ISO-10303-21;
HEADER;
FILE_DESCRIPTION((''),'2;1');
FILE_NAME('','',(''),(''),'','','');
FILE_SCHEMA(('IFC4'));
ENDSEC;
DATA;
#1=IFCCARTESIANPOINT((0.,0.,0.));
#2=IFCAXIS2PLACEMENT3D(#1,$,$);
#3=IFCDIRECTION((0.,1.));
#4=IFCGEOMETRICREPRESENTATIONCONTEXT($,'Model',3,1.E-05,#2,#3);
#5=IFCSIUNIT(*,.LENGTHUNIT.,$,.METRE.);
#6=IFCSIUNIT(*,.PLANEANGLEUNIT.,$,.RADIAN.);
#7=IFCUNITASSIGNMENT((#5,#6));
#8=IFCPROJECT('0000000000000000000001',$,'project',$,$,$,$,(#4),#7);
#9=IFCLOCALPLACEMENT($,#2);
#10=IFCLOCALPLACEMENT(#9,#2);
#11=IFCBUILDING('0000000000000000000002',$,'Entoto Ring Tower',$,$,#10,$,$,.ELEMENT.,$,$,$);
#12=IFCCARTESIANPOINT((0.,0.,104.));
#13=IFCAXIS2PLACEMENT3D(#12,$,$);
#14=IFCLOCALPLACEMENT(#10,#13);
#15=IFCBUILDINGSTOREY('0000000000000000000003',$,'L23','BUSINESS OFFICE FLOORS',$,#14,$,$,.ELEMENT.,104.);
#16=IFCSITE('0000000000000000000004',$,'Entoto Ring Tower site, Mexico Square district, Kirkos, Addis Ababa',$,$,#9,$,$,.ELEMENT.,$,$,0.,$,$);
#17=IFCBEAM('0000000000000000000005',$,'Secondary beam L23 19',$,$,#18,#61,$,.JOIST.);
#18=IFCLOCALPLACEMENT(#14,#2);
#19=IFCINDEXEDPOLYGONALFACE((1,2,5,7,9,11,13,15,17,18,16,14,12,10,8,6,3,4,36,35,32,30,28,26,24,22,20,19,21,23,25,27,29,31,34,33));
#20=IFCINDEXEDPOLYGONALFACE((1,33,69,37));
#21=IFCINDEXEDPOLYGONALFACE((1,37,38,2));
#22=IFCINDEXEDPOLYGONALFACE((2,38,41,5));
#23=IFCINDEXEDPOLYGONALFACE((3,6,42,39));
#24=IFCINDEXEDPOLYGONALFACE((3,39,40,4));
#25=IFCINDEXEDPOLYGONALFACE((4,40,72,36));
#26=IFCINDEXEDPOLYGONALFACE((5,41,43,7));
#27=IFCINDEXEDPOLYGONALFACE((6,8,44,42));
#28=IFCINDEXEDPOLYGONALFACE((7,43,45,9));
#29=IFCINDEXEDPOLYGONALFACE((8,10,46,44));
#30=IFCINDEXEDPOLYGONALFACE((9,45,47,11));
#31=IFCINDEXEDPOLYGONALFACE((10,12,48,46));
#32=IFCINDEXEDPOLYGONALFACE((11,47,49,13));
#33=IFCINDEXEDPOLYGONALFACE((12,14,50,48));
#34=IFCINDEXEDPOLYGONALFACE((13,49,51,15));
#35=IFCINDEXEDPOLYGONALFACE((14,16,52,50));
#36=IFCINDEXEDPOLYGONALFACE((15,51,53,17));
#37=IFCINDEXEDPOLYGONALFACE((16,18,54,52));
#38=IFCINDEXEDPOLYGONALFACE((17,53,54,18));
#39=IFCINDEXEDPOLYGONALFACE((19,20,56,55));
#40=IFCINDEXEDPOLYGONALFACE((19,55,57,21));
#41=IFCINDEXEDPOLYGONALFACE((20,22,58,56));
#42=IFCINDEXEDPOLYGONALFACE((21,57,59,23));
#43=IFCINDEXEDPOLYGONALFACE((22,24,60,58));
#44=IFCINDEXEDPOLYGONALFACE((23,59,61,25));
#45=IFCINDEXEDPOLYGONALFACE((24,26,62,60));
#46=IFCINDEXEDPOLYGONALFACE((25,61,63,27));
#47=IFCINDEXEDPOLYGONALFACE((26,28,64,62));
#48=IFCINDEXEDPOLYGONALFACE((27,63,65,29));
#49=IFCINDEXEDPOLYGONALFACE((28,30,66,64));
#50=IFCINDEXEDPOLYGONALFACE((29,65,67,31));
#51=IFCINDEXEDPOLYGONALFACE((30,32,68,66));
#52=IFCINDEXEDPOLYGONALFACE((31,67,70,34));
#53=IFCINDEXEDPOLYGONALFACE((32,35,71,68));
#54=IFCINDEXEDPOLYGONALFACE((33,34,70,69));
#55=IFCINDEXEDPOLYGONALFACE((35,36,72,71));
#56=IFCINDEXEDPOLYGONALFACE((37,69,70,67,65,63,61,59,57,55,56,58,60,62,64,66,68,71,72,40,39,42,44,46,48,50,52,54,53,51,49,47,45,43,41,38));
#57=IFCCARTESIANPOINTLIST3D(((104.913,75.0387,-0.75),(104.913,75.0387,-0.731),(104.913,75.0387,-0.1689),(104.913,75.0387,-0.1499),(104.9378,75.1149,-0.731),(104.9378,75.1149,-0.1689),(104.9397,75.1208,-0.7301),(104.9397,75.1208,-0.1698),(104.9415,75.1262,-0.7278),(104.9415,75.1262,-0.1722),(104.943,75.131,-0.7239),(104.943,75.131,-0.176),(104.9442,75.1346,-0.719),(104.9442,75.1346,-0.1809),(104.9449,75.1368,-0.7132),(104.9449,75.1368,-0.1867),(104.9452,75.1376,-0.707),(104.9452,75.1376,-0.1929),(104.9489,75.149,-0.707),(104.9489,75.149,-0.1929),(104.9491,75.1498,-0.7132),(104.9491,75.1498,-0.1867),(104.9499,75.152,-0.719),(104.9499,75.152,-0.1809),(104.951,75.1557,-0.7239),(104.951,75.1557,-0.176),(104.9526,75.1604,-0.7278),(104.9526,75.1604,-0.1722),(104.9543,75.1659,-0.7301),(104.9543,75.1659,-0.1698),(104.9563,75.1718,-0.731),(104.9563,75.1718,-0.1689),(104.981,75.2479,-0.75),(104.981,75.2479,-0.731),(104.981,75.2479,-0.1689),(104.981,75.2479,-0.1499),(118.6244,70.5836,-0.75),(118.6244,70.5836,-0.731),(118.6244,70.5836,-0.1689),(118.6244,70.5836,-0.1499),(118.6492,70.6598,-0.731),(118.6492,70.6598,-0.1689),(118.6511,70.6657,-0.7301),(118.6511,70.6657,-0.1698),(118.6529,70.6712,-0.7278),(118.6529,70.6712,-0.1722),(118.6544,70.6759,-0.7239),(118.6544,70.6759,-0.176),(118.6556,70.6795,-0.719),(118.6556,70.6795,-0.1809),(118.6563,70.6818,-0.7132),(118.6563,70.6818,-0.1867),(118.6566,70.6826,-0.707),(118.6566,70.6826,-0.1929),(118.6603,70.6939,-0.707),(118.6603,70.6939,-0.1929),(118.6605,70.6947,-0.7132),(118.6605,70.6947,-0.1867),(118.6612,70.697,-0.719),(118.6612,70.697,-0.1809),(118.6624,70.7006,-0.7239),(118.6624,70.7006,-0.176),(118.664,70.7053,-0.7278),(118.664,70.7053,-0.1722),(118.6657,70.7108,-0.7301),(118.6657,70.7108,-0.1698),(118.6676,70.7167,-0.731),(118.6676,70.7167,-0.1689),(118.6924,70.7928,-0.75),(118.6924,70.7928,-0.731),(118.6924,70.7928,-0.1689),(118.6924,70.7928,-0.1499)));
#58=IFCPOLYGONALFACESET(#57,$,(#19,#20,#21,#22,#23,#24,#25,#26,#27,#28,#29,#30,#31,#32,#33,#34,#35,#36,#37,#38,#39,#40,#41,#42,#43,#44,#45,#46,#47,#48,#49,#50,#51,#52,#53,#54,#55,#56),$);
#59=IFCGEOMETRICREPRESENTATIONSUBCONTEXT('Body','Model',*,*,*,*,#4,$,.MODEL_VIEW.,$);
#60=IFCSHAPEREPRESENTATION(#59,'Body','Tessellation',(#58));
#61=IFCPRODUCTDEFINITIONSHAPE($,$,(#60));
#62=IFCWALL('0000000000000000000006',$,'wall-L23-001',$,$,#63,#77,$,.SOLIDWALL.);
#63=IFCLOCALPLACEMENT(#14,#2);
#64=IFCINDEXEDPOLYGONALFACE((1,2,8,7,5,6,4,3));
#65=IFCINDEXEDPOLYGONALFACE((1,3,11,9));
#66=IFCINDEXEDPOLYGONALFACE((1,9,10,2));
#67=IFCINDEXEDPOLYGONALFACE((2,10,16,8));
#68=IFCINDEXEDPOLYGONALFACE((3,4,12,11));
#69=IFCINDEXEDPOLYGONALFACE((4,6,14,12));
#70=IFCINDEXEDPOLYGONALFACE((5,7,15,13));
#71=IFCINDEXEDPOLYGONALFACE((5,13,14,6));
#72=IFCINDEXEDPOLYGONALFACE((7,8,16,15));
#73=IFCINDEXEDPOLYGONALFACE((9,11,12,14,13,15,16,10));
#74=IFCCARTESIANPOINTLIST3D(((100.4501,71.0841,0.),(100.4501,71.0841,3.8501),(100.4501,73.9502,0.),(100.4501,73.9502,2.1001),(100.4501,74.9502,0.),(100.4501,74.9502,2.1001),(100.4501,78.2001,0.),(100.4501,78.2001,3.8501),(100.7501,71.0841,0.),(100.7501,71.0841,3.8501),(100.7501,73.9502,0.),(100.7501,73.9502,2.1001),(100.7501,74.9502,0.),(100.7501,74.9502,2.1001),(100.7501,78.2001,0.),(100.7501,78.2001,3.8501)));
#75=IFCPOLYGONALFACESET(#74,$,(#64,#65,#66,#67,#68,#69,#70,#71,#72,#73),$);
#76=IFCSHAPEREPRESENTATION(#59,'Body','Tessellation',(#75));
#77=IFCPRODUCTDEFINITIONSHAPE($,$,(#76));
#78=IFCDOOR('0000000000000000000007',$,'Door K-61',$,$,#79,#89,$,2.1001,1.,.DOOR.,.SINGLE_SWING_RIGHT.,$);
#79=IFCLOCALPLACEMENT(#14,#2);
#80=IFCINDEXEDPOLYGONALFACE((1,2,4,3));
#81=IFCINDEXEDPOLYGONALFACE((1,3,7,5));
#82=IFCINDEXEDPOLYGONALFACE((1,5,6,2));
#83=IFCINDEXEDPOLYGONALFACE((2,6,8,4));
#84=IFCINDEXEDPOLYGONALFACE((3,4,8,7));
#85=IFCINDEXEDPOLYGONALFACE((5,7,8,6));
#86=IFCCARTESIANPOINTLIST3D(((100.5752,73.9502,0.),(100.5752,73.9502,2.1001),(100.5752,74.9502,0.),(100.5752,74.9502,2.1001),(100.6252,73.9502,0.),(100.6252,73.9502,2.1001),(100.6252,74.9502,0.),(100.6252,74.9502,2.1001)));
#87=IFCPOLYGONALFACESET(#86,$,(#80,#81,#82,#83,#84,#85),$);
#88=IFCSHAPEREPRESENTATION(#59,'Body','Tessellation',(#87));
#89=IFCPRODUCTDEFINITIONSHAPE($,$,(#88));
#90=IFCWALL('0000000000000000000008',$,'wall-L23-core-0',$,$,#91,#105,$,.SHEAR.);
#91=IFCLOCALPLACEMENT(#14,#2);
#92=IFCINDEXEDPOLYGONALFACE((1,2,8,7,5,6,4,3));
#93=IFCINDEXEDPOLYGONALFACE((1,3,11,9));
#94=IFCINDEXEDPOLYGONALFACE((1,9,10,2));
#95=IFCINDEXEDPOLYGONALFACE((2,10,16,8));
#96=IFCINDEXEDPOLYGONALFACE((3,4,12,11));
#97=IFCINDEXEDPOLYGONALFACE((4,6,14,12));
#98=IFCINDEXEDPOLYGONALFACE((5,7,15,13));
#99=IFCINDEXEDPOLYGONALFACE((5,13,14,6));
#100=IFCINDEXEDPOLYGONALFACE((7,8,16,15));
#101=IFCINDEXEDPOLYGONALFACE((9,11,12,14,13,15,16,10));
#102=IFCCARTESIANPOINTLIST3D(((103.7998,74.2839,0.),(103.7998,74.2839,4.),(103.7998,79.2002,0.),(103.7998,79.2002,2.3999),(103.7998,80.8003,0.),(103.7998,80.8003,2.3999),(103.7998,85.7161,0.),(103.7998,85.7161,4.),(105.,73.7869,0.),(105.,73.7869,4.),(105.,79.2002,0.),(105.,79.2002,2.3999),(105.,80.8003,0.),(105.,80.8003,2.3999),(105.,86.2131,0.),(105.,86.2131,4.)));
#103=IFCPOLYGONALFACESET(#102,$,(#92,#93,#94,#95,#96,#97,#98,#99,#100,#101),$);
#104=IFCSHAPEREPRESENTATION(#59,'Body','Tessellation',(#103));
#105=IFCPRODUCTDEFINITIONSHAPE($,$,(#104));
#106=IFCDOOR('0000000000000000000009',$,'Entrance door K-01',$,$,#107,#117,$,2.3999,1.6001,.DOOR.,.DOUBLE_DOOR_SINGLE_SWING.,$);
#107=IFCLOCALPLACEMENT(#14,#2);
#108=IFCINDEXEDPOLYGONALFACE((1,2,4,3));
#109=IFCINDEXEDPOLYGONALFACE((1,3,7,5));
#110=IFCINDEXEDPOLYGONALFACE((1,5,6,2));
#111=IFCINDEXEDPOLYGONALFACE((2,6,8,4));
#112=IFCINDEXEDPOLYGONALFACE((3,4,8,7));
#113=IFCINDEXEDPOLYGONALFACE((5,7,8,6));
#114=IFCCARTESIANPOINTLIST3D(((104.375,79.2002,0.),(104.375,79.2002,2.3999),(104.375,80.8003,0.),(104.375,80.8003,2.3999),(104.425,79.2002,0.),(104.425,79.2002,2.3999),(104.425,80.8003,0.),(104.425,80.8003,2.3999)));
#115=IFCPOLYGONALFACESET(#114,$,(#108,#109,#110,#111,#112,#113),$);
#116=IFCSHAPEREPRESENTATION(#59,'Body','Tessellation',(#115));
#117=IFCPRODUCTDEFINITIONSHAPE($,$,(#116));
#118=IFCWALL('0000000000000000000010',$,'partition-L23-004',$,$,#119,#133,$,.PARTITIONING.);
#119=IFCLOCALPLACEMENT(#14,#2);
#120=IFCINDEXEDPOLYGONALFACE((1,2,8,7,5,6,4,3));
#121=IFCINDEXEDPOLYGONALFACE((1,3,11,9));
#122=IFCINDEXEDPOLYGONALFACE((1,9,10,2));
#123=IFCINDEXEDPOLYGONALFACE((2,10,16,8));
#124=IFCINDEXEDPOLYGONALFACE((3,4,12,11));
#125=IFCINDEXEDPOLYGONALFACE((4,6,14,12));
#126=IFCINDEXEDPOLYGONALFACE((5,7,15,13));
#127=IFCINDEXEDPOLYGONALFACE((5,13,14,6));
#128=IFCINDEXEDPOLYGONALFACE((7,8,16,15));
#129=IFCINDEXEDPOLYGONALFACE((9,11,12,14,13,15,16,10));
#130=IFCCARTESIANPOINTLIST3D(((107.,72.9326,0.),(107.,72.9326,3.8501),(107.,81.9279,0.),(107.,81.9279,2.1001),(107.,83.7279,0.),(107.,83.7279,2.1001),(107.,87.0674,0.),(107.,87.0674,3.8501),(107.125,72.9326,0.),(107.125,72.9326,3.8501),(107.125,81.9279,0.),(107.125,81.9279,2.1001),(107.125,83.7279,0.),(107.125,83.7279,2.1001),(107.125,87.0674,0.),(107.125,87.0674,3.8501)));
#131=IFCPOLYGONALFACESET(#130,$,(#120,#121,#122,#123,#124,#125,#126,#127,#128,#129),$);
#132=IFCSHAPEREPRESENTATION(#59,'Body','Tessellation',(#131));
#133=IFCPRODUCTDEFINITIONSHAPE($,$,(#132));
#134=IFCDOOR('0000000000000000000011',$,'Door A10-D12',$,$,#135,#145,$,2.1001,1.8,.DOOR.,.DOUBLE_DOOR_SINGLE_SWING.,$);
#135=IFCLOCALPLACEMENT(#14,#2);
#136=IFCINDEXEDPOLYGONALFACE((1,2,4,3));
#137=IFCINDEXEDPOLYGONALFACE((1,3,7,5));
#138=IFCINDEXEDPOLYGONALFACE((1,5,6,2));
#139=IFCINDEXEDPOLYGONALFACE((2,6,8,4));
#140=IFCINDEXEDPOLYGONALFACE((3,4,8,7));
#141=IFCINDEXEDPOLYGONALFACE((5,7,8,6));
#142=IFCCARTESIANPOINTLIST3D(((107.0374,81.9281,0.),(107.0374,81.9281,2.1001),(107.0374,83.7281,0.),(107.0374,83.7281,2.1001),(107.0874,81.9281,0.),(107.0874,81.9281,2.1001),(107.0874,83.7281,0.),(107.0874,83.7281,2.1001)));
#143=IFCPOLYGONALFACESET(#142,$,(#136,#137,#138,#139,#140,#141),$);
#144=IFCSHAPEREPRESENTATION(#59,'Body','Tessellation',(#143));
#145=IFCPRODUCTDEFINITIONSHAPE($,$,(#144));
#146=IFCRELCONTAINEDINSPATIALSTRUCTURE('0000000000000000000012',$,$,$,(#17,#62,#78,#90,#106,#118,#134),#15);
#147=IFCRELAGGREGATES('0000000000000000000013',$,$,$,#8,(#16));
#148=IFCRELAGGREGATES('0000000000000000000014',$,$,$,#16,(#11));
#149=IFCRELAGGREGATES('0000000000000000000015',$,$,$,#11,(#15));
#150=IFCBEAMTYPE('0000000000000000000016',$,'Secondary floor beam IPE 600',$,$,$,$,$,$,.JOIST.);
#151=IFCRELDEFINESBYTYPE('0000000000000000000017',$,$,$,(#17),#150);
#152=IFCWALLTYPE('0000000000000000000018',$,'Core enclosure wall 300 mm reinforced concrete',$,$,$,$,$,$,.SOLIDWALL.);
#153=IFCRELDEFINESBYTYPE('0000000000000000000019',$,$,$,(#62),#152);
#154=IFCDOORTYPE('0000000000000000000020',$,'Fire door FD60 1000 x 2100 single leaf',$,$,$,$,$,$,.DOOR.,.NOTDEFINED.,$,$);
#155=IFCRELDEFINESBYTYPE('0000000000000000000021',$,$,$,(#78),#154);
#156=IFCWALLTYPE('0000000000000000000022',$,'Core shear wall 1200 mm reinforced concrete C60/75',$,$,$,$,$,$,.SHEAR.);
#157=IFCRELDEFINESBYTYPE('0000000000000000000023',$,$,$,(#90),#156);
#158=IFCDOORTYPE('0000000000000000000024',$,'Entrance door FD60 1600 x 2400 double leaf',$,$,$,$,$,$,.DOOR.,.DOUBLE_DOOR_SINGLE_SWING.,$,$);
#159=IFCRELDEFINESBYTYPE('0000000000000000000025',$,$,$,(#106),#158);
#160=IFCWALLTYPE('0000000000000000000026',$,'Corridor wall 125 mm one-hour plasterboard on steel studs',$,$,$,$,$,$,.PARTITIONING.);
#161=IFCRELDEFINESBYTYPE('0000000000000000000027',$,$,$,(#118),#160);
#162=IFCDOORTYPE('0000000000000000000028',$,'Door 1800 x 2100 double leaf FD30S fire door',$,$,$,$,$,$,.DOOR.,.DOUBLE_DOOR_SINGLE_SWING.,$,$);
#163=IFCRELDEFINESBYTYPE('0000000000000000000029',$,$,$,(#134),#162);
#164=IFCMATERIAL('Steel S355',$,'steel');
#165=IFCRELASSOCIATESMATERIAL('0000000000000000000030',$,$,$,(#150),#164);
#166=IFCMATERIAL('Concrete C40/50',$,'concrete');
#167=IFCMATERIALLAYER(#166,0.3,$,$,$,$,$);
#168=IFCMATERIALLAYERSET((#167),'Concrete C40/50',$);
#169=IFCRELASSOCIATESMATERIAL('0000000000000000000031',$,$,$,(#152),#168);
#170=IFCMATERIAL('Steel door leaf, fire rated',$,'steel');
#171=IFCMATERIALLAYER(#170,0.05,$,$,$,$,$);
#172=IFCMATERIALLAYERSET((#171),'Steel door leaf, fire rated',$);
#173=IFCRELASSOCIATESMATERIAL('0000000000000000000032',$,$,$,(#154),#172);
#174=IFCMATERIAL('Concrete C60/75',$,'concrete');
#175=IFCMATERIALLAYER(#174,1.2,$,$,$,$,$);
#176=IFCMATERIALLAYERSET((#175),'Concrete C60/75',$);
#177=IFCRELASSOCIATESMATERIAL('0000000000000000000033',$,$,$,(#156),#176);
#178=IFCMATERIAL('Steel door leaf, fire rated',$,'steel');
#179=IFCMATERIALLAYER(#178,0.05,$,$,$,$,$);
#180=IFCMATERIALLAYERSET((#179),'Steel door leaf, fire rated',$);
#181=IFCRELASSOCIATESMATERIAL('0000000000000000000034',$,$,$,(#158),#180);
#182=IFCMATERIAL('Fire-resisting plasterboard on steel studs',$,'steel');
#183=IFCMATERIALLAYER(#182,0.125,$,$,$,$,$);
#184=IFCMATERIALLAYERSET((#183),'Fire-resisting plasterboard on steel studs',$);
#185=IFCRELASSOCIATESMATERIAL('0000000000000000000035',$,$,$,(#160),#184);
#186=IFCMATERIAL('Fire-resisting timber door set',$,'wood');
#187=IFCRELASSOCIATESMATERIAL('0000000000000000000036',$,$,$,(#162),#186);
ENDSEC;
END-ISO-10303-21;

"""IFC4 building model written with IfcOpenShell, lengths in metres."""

from ifc_helpers import new_model, si_unit, direction, frame, frame_2d, origin, origin_2d, place, context, subcontext, project, spatial, polyline, rectangle, i_section, outline, extrude, material, layer, layer_set, material_profile, profile_set, type_object, element, fill, save


model = new_model("IFC4")

# Units and contexts
model_context = context("Model", 3, precision=1e-05, world=origin(), true_north=direction((0.0, 1.0)))
body_context = subcontext(model_context, "Body", "Model", "MODEL_VIEW")
ifc_project = project(units=[si_unit("LENGTHUNIT", "METRE"), si_unit("PLANEANGLEUNIT", "RADIAN")], contexts=[model_context])

# Site, building, storey
site_placement = place(None, origin())
site = spatial("IfcSite", under=ifc_project, at=site_placement, Name="Entoto Ring Tower site, Mexico Square district, Kirkos, Addis Ababa", CompositionType="ELEMENT", RefElevation=0.0)
building_placement = place(site_placement, origin())
building = spatial("IfcBuilding", under=site, at=building_placement, Name="Entoto Ring Tower", CompositionType="ELEMENT")
storey_placement = place(building_placement, frame((0.0, 0.0, 104.0)))
storey = spatial("IfcBuildingStorey", under=building, at=storey_placement, Name="L23", Description="BUSINESS OFFICE FLOORS", CompositionType="ELEMENT", Elevation=104.0)

# Beam
ifc_material_1 = material(Name="Steel S355", Category="steel")
ifc_material_profile_1 = material_profile(ifc_material_1, i_section(OverallWidth=0.22, OverallDepth=0.6001, WebThickness=0.012, FlangeThickness=0.019, FilletRadius=0.0239, at=origin_2d()), Name="IPE 600")
ifc_profile_set_1 = profile_set([ifc_material_profile_1], Name="Steel S355")
beam_type_1 = type_object("IfcBeamType", Name="Secondary floor beam IPE 600", PredefinedType="JOIST", material=ifc_profile_set_1)
beam_1_placement = place(storey_placement, frame((104.947, 75.1433, -0.45), z_axis=(0.951057, -0.309015, 0.0), x_axis=(0.309015, 0.951057, 0.0)))
element("IfcBeam", 1, at=beam_1_placement, inside=storey, type_object=beam_type_1, Name="Secondary beam L23 19", PredefinedType="JOIST", context=body_context, shape_type="SweptSolid", body=[
    extrude(i_section(OverallWidth=0.22, OverallDepth=0.6001, WebThickness=0.012, FlangeThickness=0.019, FilletRadius=0.0239, at=origin_2d()), origin(), (0.0, 0.0, 1.0), 14.417),
])

# Walls, openings, doors
ifc_material_2 = material(Name="Concrete C40/50", Category="concrete")
ifc_layer_1 = layer(ifc_material_2, 0.3)
ifc_layer_set_1 = layer_set([ifc_layer_1], Name="Concrete C40/50")
wall_type_1 = type_object("IfcWallType", Name="Core enclosure wall 300 mm reinforced concrete", PredefinedType="SOLIDWALL", material=ifc_layer_set_1)
wall_1_placement = place(storey_placement, frame((100.6001, 71.084, 0.0), z_axis=(0.0, 0.0, 1.0), x_axis=(0.0, 1.0, 0.0)))
wall_1 = element("IfcWall", 2, at=wall_1_placement, inside=storey, type_object=wall_type_1, Name="wall-L23-001", PredefinedType="SOLIDWALL", context=body_context, shape_type="SweptSolid", body=[
    extrude(rectangle(XDim=7.116, YDim=0.3, at=frame_2d((3.5581, 0.0))), origin(), (0.0, 0.0, 1.0), 3.8501),
])
opening_1_placement = place(wall_1_placement, frame((2.8662, 0.0, 0.0)))
opening_1 = element("IfcOpeningElement", 3, at=opening_1_placement, cuts=wall_1, PredefinedType="OPENING", context=body_context, shape_type="SweptSolid", body=[
    extrude(rectangle(XDim=1.0, YDim=2.1001, at=frame_2d((0.5, 1.05))), frame((0.0, 0.1602, 0.0), z_axis=(0.0, -1.0, 0.0), x_axis=(1.0, 0.0, 0.0)), (0.0, 0.0, 1.0), 0.3201),
])
ifc_material_3 = material(Name="Steel door leaf, fire rated", Category="steel")
ifc_layer_2 = layer(ifc_material_3, 0.05)
ifc_layer_set_2 = layer_set([ifc_layer_2], Name="Steel door leaf, fire rated")
door_type_1 = type_object("IfcDoorType", Name="Fire door FD60 1000 x 2100 single leaf", OperationType="NOTDEFINED", PredefinedType="DOOR", material=ifc_layer_set_2)
door_1_placement = place(opening_1_placement, origin())
door_1 = element("IfcDoor", 4, at=door_1_placement, inside=storey, type_object=door_type_1, Name="Door K-61", OperationType="SINGLE_SWING_RIGHT", OverallHeight=2.1001, OverallWidth=1.0, PredefinedType="DOOR", context=body_context, shape_type="SweptSolid", body=[
    extrude(rectangle(XDim=1.0, YDim=2.1001, at=frame_2d((0.5, 1.05))), frame((0.0, 0.0249, 0.0), z_axis=(0.0, -1.0, 0.0), x_axis=(1.0, 0.0, 0.0)), (0.0, 0.0, 1.0), 0.05),
])
fill(opening_1, door_1)
ifc_material_4 = material(Name="Concrete C60/75", Category="concrete")
ifc_layer_3 = layer(ifc_material_4, 1.2)
ifc_layer_set_3 = layer_set([ifc_layer_3], Name="Concrete C60/75")
wall_type_2 = type_object("IfcWallType", Name="Core shear wall 1200 mm reinforced concrete C60/75", PredefinedType="SHEAR", material=ifc_layer_set_3)
wall_2_placement = place(storey_placement, frame((104.3999, 74.0354, 0.0), z_axis=(0.0, 0.0, 1.0), x_axis=(0.0, 1.0, 0.0)))
wall_2 = element("IfcWall", 5, at=wall_2_placement, inside=storey, type_object=wall_type_2, Name="wall-L23-core-0", PredefinedType="SHEAR", context=body_context, shape_type="SweptSolid", body=[
    extrude(outline(polyline([(-0.2485, -0.6001), (12.1777, -0.6001), (11.6807, 0.6001), (0.2485, 0.6001), (-0.2485, -0.6001)])), origin(), (0.0, 0.0, 1.0), 4.0),
])
opening_2_placement = place(wall_2_placement, frame((5.1648, 0.0, 0.0)))
opening_2 = element("IfcOpeningElement", 6, at=opening_2_placement, cuts=wall_2, PredefinedType="OPENING", context=body_context, shape_type="SweptSolid", body=[
    extrude(rectangle(XDim=1.6001, YDim=2.3999, at=frame_2d((0.8, 1.2))), frame((0.0, 0.6099, 0.0), z_axis=(0.0, -1.0, 0.0), x_axis=(1.0, 0.0, 0.0)), (0.0, 0.0, 1.0), 1.22),
])
ifc_material_5 = material(Name="Steel door leaf, fire rated", Category="steel")
ifc_layer_4 = layer(ifc_material_5, 0.05)
ifc_layer_set_4 = layer_set([ifc_layer_4], Name="Steel door leaf, fire rated")
door_type_2 = type_object("IfcDoorType", Name="Entrance door FD60 1600 x 2400 double leaf", OperationType="DOUBLE_DOOR_SINGLE_SWING", PredefinedType="DOOR", material=ifc_layer_set_4)
door_2_placement = place(opening_2_placement, origin())
door_2 = element("IfcDoor", 7, at=door_2_placement, inside=storey, type_object=door_type_2, Name="Entrance door K-01", OperationType="DOUBLE_DOOR_SINGLE_SWING", OverallHeight=2.3999, OverallWidth=1.6001, PredefinedType="DOOR", context=body_context, shape_type="SweptSolid", body=[
    extrude(rectangle(XDim=1.6001, YDim=2.3999, at=frame_2d((0.8, 1.2))), frame((0.0, 0.0249, 0.0), z_axis=(0.0, -1.0, 0.0), x_axis=(1.0, 0.0, 0.0)), (0.0, 0.0, 1.0), 0.05),
])
fill(opening_2, door_2)
ifc_material_6 = material(Name="Fire-resisting plasterboard on steel studs", Category="steel")
ifc_layer_5 = layer(ifc_material_6, 0.125)
ifc_layer_set_5 = layer_set([ifc_layer_5], Name="Fire-resisting plasterboard on steel studs")
wall_type_3 = type_object("IfcWallType", Name="Corridor wall 125 mm one-hour plasterboard on steel studs", PredefinedType="PARTITIONING", material=ifc_layer_set_5)
wall_3_placement = place(storey_placement, frame((107.0625, 72.9326, 0.0), z_axis=(0.0, 0.0, 1.0), x_axis=(0.0, 1.0, 0.0)))
wall_3 = element("IfcWall", 8, at=wall_3_placement, inside=storey, type_object=wall_type_3, Name="partition-L23-004", PredefinedType="PARTITIONING", context=body_context, shape_type="SweptSolid", body=[
    extrude(rectangle(XDim=14.1348, YDim=0.125, at=frame_2d((7.0674, 0.0))), origin(), (0.0, 0.0, 1.0), 3.8501),
])
opening_3_placement = place(wall_3_placement, frame((8.9954, 0.0, 0.0)))
opening_3 = element("IfcOpeningElement", 9, at=opening_3_placement, cuts=wall_3, PredefinedType="OPENING", context=body_context, shape_type="SweptSolid", body=[
    extrude(rectangle(XDim=1.8, YDim=2.1001, at=frame_2d((0.8999, 1.05))), frame((0.0, 0.0725, 0.0), z_axis=(0.0, -1.0, 0.0), x_axis=(1.0, 0.0, 0.0)), (0.0, 0.0, 1.0), 0.145),
])
ifc_material_7 = material(Name="Fire-resisting timber door set", Category="wood")
door_type_3 = type_object("IfcDoorType", Name="Door 1800 x 2100 double leaf FD30S fire door", OperationType="DOUBLE_DOOR_SINGLE_SWING", PredefinedType="DOOR", material=ifc_material_7)
door_3_placement = place(opening_3_placement, frame((1.8, 0.0, 0.0), z_axis=(0.0, 0.0, 1.0), x_axis=(-1.0, 0.0, 0.0)))
door_3 = element("IfcDoor", 10, at=door_3_placement, inside=storey, type_object=door_type_3, Name="Door A10-D12", OperationType="DOUBLE_DOOR_SINGLE_SWING", OverallHeight=2.1001, OverallWidth=1.8, PredefinedType="DOOR", context=body_context, shape_type="SweptSolid", body=[
    extrude(rectangle(XDim=1.8, YDim=2.1001, at=frame_2d((0.8999, 1.05))), frame((0.0, 0.0249, 0.0), z_axis=(0.0, -1.0, 0.0), x_axis=(1.0, 0.0, 0.0)), (0.0, 0.0, 1.0), 0.05),
])
fill(opening_3, door_3)

save(model, "model.ifc")
